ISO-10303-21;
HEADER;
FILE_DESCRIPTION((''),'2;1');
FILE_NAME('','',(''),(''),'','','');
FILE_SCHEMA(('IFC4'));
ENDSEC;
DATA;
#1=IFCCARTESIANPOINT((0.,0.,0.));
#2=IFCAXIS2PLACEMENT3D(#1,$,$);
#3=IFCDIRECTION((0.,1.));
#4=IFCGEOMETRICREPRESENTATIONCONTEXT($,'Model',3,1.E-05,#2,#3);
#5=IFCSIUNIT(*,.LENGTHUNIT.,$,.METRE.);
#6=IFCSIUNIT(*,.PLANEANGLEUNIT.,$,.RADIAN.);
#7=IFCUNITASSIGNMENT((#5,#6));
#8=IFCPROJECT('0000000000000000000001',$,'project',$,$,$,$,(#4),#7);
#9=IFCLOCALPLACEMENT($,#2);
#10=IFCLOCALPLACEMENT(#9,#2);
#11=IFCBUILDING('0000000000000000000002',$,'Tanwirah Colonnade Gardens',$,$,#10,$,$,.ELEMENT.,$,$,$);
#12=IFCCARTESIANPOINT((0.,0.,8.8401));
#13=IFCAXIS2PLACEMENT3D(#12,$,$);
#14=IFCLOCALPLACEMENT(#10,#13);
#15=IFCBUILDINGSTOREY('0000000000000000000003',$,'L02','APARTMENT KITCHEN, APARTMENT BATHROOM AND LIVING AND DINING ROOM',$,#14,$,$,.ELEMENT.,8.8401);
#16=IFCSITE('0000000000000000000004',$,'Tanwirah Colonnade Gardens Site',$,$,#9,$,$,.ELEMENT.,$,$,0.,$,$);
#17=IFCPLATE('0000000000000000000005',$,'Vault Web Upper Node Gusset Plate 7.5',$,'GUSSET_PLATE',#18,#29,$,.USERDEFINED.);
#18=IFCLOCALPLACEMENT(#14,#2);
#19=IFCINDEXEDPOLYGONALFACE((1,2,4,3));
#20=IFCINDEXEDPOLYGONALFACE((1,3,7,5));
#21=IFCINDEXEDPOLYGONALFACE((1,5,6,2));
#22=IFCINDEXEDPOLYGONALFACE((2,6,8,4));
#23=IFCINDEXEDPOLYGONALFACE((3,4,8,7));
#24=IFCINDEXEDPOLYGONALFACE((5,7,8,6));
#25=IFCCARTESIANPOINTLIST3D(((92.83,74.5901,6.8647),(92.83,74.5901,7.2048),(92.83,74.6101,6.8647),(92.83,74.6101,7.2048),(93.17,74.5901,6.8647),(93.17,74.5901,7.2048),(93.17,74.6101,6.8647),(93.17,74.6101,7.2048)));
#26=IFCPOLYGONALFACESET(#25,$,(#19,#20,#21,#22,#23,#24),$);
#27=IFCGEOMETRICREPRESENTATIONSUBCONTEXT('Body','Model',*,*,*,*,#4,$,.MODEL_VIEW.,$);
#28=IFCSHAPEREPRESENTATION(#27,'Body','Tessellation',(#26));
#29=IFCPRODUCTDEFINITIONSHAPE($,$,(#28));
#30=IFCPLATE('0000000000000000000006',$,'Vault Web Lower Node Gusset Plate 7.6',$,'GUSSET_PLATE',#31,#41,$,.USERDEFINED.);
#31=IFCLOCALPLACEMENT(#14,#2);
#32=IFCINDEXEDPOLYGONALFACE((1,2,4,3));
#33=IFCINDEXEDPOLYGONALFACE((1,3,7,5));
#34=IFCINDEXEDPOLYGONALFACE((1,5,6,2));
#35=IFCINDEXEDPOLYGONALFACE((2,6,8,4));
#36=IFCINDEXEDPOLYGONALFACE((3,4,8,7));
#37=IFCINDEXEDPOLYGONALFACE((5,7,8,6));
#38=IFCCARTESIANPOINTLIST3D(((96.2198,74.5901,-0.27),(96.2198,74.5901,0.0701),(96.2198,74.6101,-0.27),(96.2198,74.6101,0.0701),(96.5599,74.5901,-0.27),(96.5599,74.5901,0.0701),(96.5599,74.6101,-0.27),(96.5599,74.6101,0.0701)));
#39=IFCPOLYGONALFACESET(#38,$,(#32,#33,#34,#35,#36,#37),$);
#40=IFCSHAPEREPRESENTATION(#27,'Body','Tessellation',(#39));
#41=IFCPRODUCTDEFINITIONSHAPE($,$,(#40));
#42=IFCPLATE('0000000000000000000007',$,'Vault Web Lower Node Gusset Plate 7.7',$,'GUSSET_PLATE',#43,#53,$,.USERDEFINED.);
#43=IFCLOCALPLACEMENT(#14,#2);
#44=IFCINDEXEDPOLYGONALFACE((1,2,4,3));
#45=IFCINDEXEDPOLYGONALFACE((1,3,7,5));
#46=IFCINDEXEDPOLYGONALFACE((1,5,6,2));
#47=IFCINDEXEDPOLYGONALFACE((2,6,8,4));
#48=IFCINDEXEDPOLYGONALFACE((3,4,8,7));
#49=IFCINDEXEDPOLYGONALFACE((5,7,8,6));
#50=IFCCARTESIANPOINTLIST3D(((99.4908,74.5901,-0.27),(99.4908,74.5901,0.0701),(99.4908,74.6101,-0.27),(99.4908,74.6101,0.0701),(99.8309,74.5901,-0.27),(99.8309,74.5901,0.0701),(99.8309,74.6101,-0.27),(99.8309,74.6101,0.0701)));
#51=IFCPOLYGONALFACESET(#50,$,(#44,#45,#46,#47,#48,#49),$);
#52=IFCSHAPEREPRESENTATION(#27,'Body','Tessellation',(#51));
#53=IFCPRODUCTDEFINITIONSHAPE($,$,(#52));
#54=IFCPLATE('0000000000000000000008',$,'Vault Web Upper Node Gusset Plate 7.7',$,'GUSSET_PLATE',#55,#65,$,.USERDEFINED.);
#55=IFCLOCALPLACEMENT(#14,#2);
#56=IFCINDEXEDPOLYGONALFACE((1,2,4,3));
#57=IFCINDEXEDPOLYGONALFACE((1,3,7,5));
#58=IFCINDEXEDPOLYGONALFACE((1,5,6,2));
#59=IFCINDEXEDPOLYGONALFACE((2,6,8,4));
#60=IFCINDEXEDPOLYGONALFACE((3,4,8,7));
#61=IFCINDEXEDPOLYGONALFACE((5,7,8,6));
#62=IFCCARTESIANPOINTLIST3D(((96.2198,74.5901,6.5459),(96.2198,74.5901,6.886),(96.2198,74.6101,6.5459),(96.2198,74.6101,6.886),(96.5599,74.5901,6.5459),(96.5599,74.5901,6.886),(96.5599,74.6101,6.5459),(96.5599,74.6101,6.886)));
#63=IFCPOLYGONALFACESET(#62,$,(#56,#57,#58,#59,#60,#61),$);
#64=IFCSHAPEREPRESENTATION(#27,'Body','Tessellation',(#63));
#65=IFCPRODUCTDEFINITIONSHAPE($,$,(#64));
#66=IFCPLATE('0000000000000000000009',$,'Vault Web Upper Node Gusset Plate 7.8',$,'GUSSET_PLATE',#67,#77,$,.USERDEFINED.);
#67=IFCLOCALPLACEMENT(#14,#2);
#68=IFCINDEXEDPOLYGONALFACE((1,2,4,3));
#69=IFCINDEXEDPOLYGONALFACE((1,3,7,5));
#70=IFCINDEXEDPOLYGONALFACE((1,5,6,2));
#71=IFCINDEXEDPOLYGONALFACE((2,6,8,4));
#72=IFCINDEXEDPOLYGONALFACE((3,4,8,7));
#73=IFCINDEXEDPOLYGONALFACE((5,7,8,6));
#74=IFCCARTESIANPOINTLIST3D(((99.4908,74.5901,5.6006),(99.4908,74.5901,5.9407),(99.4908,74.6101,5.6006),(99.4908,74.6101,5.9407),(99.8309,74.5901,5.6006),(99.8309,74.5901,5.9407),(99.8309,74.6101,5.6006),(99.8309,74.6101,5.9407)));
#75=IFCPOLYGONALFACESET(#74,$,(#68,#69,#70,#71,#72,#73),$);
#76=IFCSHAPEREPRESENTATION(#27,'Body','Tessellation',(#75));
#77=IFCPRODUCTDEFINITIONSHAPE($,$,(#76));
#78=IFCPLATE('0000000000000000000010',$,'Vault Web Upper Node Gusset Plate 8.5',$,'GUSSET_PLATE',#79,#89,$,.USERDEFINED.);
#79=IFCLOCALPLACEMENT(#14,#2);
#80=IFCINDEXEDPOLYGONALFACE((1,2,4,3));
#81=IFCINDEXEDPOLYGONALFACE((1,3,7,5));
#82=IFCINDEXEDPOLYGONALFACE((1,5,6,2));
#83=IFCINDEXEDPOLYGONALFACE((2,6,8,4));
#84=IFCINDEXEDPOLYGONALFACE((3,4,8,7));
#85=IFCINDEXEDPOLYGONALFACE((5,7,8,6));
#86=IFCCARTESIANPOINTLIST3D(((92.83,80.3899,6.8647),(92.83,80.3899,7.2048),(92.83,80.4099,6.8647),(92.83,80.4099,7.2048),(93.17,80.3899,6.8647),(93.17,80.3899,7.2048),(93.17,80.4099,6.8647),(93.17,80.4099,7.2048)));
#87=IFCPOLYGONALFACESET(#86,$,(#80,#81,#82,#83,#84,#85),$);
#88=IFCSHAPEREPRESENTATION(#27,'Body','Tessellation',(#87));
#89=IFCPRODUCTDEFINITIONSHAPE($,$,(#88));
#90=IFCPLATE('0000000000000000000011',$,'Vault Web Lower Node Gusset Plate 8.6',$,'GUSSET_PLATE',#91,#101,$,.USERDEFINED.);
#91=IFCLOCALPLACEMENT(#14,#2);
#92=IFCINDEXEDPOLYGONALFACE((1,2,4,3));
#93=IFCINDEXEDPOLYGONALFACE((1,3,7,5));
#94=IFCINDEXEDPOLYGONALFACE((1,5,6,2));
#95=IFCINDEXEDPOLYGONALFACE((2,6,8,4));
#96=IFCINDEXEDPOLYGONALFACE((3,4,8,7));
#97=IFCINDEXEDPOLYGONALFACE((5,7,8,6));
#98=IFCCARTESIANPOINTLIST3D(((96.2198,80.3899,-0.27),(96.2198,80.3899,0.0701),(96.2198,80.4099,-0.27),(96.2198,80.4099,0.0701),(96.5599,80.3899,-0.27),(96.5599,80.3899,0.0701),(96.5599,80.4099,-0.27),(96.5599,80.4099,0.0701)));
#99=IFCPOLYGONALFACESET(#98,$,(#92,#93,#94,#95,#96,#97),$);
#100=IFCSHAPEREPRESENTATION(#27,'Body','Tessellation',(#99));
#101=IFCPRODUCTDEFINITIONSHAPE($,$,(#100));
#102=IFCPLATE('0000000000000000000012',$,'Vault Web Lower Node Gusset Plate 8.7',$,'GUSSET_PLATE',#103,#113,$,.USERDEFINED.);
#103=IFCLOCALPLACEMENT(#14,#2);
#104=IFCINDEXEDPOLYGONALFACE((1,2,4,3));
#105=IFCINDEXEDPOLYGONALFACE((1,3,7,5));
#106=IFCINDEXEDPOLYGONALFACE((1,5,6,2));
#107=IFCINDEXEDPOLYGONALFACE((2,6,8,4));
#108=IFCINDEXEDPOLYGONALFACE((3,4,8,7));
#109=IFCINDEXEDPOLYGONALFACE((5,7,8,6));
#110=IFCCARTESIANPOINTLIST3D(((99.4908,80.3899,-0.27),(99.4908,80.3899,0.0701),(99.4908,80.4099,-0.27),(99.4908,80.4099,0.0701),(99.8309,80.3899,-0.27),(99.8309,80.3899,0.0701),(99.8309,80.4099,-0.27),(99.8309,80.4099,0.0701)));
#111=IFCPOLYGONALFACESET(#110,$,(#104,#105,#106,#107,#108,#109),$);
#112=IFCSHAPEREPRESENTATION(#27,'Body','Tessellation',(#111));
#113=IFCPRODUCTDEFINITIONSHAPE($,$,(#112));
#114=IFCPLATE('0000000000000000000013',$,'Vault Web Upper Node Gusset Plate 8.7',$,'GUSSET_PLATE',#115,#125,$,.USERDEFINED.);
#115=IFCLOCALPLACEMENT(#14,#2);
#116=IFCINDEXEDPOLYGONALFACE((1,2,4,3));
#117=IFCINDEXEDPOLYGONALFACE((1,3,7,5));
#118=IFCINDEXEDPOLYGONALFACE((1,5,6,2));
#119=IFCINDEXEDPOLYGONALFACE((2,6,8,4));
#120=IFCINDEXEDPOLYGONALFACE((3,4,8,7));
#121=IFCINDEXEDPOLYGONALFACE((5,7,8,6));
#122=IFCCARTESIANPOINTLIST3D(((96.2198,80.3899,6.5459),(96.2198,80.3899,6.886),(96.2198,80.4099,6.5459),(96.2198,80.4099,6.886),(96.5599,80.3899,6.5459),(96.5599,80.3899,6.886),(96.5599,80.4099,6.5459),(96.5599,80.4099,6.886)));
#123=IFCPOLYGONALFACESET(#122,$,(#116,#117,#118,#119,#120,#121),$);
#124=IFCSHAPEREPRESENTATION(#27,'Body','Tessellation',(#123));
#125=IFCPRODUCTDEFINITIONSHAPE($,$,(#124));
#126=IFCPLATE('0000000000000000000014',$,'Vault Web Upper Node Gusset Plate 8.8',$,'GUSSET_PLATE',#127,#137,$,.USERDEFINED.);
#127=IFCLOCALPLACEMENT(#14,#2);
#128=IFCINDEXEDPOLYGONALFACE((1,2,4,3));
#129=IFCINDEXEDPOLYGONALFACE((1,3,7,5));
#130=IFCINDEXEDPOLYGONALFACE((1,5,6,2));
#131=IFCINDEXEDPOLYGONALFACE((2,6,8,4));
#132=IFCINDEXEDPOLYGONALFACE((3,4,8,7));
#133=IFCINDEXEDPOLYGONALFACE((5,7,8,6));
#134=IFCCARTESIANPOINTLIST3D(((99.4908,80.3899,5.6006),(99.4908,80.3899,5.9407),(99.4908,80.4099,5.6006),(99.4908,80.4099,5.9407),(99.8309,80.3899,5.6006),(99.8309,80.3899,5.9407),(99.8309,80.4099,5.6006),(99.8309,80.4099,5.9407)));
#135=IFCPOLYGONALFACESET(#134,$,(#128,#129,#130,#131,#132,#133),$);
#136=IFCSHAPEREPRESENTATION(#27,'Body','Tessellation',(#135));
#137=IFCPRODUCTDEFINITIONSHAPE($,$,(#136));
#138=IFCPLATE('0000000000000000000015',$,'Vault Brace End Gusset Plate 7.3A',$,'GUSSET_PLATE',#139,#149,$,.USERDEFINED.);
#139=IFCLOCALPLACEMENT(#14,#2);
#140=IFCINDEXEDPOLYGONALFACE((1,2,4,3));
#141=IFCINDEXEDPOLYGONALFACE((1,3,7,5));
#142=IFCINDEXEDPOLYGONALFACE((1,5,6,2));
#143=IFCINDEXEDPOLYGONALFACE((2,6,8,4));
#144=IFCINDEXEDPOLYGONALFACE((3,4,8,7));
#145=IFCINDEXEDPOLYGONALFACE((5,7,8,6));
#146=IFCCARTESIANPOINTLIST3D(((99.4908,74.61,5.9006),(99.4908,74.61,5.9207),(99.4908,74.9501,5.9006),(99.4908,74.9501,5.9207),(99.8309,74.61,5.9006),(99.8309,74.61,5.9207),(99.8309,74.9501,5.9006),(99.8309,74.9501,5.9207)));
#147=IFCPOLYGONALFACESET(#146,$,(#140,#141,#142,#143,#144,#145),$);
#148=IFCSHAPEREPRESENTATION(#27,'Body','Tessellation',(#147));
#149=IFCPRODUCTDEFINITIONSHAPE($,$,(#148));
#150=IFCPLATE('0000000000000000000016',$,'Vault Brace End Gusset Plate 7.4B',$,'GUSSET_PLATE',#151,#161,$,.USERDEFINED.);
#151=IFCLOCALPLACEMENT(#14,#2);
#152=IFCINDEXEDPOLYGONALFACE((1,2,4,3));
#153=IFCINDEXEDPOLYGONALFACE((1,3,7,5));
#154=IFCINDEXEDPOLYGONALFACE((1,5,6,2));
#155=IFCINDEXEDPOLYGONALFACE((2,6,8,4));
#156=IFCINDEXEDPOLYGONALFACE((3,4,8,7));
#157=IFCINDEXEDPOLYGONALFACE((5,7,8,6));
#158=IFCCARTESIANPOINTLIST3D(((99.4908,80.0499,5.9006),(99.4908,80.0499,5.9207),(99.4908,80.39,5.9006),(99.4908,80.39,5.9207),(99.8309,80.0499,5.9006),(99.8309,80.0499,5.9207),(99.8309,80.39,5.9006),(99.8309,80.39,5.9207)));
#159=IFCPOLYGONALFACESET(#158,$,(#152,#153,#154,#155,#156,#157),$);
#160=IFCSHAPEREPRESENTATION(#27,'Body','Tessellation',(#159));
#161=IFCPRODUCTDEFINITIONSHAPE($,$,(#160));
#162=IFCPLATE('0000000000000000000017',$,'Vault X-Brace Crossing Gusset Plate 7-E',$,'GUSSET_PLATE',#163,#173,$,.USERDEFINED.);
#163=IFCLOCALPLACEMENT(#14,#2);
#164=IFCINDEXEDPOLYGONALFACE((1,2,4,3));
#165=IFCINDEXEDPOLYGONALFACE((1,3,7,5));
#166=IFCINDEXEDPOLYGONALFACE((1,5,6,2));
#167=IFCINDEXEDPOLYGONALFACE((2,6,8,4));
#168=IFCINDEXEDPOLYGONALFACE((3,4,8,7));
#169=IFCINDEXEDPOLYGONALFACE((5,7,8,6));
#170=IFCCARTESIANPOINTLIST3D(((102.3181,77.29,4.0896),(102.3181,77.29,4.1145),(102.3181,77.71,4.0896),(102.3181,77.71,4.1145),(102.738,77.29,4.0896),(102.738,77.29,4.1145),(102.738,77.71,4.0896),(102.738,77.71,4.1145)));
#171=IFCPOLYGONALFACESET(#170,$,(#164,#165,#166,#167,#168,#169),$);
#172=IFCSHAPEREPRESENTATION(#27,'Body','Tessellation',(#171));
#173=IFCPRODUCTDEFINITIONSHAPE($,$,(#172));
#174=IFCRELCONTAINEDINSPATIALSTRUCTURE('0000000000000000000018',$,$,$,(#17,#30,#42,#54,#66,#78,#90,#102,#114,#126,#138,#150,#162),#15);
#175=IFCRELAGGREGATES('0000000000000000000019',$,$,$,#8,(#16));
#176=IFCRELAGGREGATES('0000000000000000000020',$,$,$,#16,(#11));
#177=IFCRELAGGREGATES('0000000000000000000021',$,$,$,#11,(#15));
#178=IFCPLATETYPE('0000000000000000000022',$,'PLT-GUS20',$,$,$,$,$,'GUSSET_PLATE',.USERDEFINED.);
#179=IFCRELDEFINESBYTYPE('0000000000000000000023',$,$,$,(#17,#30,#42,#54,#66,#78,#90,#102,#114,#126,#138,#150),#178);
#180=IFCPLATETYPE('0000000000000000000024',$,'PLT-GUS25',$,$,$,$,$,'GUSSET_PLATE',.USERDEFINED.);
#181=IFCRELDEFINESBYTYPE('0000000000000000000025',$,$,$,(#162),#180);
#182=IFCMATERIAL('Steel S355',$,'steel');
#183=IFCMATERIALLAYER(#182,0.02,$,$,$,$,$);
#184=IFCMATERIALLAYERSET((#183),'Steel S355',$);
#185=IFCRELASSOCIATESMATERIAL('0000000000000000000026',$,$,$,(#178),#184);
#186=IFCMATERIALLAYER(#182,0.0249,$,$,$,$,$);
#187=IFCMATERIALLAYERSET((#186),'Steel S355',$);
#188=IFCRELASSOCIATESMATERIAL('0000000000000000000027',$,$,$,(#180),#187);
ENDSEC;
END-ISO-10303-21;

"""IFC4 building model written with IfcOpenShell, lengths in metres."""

from ifc_helpers import new_model, si_unit, direction, frame, origin, origin_2d, place, context, subcontext, project, spatial, rectangle, extrude, material, layer, layer_set, type_object, element, save


model = new_model("IFC4")

# Units and contexts
model_context = context("Model", 3, precision=1e-05, world=origin(), true_north=direction((0.0, 1.0)))
body_context = subcontext(model_context, "Body", "Model", "MODEL_VIEW")
ifc_project = project(units=[si_unit("LENGTHUNIT", "METRE"), si_unit("PLANEANGLEUNIT", "RADIAN")], contexts=[model_context])

# Site, building, storey
site_placement = place(None, origin())
site = spatial("IfcSite", under=ifc_project, at=site_placement, Name="Tanwirah Colonnade Gardens Site", CompositionType="ELEMENT", RefElevation=0.0)
building_placement = place(site_placement, origin())
building = spatial("IfcBuilding", under=site, at=building_placement, Name="Tanwirah Colonnade Gardens", CompositionType="ELEMENT")
storey_placement = place(building_placement, frame((0.0, 0.0, 8.8401)))
storey = spatial("IfcBuildingStorey", under=building, at=storey_placement, Name="L02", Description="APARTMENT KITCHEN, APARTMENT BATHROOM AND LIVING AND DINING ROOM", CompositionType="ELEMENT", Elevation=8.8401)

# Shared definitions
ifc_material_1 = material(Name="Steel S355", Category="steel")

# Plates
ifc_layer_1 = layer(ifc_material_1, 0.02)
ifc_layer_set_1 = layer_set([ifc_layer_1], Name="Steel S355")
plate_type_1 = type_object("IfcPlateType", Name="PLT-GUS20", ElementType="GUSSET_PLATE", PredefinedType="USERDEFINED", material=ifc_layer_set_1)
for number, where, z_axis, x_axis, name in (
    (1, (93.0, 74.6001, 6.8647), (0.0, 0.0, 1.0), (1.0, 0.0, 0.0), "Vault Web Upper Node Gusset Plate 7.5"),
    (2, (96.3899, 74.6001, -0.27), (0.0, 0.0, 1.0), (1.0, 0.0, 0.0), "Vault Web Lower Node Gusset Plate 7.6"),
    (3, (99.6609, 74.6001, -0.27), (0.0, 0.0, 1.0), (1.0, 0.0, 0.0), "Vault Web Lower Node Gusset Plate 7.7"),
    (4, (96.3899, 74.6001, 6.5459), (0.0, 0.0, 1.0), (1.0, 0.0, 0.0), "Vault Web Upper Node Gusset Plate 7.7"),
    (5, (99.6609, 74.6001, 5.6006), (0.0, 0.0, 1.0), (1.0, 0.0, 0.0), "Vault Web Upper Node Gusset Plate 7.8"),
    (6, (93.0, 80.3999, 6.8647), (0.0, 0.0, 1.0), (1.0, 0.0, 0.0), "Vault Web Upper Node Gusset Plate 8.5"),
    (7, (96.3899, 80.3999, -0.27), (0.0, 0.0, 1.0), (1.0, 0.0, 0.0), "Vault Web Lower Node Gusset Plate 8.6"),
    (8, (99.6609, 80.3999, -0.27), (0.0, 0.0, 1.0), (1.0, 0.0, 0.0), "Vault Web Lower Node Gusset Plate 8.7"),
    (9, (96.3899, 80.3999, 6.5459), (0.0, 0.0, 1.0), (1.0, 0.0, 0.0), "Vault Web Upper Node Gusset Plate 8.7"),
    (10, (99.6609, 80.3999, 5.6006), (0.0, 0.0, 1.0), (1.0, 0.0, 0.0), "Vault Web Upper Node Gusset Plate 8.8"),
):
    element("IfcPlate", number, at=place(storey_placement, frame(where, z_axis=z_axis, x_axis=x_axis)), inside=storey, type_object=plate_type_1, Name=name, ObjectType="GUSSET_PLATE", PredefinedType="USERDEFINED", context=body_context, shape_type="SweptSolid", body=[
        extrude(rectangle(XDim=0.3401, YDim=0.02, at=origin_2d()), origin(), (0.0, 0.0, 1.0), 0.3401),
    ])
for number, where, z_axis, x_axis, name in (
    (11, (99.6609, 74.78, 5.9006), (0.0, 0.0, 1.0), (1.0, 0.0, 0.0), "Vault Brace End Gusset Plate 7.3A"),
    (12, (99.6609, 80.22, 5.9006), (0.0, 0.0, 1.0), (1.0, 0.0, 0.0), "Vault Brace End Gusset Plate 7.4B"),
):
    element("IfcPlate", number, at=place(storey_placement, frame(where, z_axis=z_axis, x_axis=x_axis)), inside=storey, type_object=plate_type_1, Name=name, ObjectType="GUSSET_PLATE", PredefinedType="USERDEFINED", context=body_context, shape_type="SweptSolid", body=[
        extrude(rectangle(XDim=0.3401, YDim=0.3401, at=origin_2d()), origin(), (0.0, 0.0, 1.0), 0.02),
    ])
ifc_layer_2 = layer(ifc_material_1, 0.0249)
ifc_layer_set_2 = layer_set([ifc_layer_2], Name="Steel S355")
plate_type_2 = type_object("IfcPlateType", Name="PLT-GUS25", ElementType="GUSSET_PLATE", PredefinedType="USERDEFINED", material=ifc_layer_set_2)
plate_placement = place(storey_placement, frame((102.5281, 77.5, 4.0896), z_axis=(0.0, 0.0, 1.0), x_axis=(1.0, 0.0, 0.0)))
element("IfcPlate", 13, at=plate_placement, inside=storey, type_object=plate_type_2, Name="Vault X-Brace Crossing Gusset Plate 7-E", ObjectType="GUSSET_PLATE", PredefinedType="USERDEFINED", context=body_context, shape_type="SweptSolid", body=[
    extrude(rectangle(XDim=0.4199, YDim=0.4199, at=origin_2d()), origin(), (0.0, 0.0, 1.0), 0.0249),
])

save(model, "model.ifc")
